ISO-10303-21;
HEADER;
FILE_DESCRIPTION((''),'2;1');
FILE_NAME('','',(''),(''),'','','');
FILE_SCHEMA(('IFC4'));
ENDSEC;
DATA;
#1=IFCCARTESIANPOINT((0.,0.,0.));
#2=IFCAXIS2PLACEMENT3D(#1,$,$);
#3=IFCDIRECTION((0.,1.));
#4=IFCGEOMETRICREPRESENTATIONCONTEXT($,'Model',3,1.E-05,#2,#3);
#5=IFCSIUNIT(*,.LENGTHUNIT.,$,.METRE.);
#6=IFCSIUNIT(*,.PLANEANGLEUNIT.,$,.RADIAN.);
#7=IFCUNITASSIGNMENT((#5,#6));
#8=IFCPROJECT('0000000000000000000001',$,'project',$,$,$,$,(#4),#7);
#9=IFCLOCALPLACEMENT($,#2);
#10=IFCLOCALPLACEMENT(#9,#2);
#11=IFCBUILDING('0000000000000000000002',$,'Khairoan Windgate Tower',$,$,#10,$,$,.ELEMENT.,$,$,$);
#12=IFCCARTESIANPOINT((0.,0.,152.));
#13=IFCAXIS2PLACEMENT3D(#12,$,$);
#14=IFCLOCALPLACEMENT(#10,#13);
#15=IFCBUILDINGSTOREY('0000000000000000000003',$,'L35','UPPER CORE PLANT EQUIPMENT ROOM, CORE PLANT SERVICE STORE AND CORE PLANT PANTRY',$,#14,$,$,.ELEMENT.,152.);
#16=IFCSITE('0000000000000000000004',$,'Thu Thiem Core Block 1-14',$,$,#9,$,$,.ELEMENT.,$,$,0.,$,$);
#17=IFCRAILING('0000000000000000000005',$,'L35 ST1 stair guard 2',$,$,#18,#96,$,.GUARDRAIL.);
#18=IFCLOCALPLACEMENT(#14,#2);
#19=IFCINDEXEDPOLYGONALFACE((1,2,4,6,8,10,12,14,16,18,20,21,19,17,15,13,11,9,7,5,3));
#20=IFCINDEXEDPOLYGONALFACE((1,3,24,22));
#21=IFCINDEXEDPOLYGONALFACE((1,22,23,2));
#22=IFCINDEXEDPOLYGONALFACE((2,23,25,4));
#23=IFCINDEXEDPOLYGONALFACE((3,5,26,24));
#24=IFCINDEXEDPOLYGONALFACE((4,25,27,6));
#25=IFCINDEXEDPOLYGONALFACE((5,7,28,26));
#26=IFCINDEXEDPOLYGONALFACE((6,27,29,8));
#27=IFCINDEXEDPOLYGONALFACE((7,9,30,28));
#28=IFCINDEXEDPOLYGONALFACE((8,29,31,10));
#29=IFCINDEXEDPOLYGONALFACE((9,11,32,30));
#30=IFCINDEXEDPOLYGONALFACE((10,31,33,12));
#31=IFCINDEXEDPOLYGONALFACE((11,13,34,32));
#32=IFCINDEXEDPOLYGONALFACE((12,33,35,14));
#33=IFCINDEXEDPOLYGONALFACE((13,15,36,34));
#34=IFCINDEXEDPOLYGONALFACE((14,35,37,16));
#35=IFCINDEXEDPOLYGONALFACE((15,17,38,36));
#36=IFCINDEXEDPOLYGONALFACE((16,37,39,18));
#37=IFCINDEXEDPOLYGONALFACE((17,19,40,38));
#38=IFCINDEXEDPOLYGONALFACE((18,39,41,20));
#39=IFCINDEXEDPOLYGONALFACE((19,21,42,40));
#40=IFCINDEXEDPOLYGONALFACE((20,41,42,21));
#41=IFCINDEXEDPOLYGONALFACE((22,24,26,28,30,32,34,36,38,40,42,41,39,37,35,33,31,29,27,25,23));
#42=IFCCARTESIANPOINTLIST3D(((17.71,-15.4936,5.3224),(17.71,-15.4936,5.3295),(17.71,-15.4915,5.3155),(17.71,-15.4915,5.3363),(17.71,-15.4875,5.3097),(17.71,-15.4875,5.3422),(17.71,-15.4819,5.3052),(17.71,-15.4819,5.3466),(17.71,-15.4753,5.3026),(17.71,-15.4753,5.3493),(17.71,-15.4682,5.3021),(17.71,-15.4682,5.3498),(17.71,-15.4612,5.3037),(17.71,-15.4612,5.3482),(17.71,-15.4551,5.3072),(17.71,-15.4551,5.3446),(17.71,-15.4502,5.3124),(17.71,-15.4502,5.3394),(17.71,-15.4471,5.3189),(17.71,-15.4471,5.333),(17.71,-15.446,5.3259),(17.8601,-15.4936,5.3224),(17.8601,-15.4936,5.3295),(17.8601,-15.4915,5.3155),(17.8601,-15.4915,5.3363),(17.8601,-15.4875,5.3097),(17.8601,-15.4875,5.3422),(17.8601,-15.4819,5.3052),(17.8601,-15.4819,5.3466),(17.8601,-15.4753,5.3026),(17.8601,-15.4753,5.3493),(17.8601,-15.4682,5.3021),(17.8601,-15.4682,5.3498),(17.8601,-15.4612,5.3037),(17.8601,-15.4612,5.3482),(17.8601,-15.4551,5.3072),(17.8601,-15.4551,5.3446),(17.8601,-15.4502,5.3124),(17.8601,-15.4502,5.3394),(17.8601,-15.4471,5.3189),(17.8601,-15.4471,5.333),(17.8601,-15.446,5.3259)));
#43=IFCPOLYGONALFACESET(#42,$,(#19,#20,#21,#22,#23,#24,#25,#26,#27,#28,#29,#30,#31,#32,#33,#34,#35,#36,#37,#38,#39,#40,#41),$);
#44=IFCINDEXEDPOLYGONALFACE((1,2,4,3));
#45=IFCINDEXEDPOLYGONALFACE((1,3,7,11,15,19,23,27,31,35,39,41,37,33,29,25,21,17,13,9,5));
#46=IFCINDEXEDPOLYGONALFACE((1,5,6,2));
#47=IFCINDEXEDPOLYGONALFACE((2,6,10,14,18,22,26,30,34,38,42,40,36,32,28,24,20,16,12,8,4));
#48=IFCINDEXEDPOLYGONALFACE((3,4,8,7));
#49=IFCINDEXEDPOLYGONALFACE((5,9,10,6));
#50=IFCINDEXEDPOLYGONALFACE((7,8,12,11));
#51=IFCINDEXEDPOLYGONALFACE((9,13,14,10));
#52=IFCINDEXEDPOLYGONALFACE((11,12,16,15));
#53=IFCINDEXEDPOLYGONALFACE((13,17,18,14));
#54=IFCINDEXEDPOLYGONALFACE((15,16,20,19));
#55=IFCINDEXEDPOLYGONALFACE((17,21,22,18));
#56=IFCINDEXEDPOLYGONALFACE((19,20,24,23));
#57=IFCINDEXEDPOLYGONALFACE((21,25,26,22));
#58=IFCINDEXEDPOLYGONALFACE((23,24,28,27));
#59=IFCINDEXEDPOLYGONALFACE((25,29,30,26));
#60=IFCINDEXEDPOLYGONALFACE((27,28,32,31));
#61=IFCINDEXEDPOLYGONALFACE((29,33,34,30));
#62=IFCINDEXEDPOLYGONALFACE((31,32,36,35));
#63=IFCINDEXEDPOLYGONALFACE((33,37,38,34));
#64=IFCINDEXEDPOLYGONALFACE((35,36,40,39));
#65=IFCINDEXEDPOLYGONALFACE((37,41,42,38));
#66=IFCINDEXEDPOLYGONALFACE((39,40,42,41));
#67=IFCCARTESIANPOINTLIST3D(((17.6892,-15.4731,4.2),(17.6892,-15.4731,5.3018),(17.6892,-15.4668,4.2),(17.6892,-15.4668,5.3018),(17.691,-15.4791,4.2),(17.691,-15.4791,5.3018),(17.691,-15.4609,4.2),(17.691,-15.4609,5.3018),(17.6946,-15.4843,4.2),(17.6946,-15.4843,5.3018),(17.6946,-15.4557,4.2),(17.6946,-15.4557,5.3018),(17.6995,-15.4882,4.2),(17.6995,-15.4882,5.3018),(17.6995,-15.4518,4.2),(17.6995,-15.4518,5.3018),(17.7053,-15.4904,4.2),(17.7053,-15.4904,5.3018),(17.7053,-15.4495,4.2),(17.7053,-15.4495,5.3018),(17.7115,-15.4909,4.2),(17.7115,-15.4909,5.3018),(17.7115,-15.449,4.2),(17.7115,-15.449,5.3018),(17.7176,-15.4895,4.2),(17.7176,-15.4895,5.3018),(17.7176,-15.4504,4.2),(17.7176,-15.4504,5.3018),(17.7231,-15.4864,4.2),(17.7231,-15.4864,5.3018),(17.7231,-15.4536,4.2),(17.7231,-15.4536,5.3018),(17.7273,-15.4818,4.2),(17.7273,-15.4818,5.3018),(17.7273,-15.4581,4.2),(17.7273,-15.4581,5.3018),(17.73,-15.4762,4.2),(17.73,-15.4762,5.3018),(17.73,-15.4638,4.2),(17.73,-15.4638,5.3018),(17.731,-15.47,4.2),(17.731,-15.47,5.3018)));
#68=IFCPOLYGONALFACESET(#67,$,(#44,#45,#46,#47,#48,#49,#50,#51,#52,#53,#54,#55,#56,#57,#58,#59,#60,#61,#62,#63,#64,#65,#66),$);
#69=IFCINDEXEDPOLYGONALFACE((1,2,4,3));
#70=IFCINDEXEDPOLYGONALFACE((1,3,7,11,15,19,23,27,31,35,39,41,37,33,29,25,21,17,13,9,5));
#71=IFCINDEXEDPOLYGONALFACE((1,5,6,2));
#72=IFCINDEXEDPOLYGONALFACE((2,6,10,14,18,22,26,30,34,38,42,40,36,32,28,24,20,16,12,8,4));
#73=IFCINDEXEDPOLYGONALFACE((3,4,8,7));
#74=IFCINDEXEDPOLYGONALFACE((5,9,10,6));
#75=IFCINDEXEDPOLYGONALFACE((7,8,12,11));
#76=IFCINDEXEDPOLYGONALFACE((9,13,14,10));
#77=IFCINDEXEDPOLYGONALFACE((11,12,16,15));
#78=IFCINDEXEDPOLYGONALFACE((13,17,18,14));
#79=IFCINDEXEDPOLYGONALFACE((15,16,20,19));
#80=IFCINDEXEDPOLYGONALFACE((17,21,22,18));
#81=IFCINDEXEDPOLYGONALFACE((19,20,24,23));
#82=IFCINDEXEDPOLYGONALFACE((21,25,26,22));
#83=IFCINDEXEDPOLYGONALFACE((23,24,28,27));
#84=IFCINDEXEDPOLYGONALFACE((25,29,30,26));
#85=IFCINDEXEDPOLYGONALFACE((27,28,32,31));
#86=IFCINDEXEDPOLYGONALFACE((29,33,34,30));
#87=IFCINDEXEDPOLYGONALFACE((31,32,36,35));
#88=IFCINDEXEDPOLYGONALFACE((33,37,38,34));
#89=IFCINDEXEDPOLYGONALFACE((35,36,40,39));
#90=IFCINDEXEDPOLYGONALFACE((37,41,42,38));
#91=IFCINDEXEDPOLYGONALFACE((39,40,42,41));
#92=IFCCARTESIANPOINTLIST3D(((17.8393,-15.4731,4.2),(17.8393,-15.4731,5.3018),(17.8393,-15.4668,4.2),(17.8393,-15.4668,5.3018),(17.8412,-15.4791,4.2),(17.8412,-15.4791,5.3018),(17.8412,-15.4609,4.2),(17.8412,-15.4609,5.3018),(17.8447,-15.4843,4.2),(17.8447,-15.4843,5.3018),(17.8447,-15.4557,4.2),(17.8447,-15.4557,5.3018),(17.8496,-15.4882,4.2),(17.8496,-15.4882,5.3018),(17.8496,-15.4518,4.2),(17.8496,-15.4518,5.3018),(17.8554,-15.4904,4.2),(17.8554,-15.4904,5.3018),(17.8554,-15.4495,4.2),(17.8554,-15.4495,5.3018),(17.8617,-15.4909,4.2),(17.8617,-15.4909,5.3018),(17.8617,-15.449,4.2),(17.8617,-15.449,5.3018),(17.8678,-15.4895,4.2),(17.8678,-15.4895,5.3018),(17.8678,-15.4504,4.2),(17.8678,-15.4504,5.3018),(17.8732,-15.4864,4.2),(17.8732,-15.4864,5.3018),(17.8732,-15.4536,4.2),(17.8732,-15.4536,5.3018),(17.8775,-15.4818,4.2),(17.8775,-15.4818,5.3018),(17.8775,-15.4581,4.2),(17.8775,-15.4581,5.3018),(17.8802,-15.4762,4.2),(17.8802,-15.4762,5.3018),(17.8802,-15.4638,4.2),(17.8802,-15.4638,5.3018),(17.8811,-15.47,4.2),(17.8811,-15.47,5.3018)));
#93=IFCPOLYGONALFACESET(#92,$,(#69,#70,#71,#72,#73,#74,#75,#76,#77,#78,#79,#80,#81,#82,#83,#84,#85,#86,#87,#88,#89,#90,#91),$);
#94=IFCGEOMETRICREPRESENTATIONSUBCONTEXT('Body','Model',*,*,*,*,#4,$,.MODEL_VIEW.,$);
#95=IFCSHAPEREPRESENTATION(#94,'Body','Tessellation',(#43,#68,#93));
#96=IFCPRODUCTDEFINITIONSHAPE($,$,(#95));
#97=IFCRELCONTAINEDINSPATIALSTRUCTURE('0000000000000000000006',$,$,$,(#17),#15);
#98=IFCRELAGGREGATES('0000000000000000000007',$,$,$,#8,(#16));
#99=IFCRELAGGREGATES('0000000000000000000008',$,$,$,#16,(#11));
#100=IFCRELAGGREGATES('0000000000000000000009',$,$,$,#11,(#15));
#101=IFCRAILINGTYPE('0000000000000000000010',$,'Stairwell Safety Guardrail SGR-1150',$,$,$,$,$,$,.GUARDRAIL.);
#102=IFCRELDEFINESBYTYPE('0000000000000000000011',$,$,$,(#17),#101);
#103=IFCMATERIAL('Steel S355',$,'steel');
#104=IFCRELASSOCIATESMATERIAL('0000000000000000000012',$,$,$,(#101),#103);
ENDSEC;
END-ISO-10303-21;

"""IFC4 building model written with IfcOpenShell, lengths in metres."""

from ifc_helpers import new_model, si_unit, direction, frame, origin, origin_2d, place, context, subcontext, project, spatial, circle, extrude, material, type_object, element, save


model = new_model("IFC4")

# Units and contexts
model_context = context("Model", 3, precision=1e-05, world=origin(), true_north=direction((0.0, 1.0)))
body_context = subcontext(model_context, "Body", "Model", "MODEL_VIEW")
ifc_project = project(units=[si_unit("LENGTHUNIT", "METRE"), si_unit("PLANEANGLEUNIT", "RADIAN")], contexts=[model_context])

# Site, building, storey
site_placement = place(None, origin())
site = spatial("IfcSite", under=ifc_project, at=site_placement, Name="Thu Thiem Core Block 1-14", CompositionType="ELEMENT", RefElevation=0.0)
building_placement = place(site_placement, origin())
building = spatial("IfcBuilding", under=site, at=building_placement, Name="Khairoan Windgate Tower", CompositionType="ELEMENT")
storey_placement = place(building_placement, frame((0.0, 0.0, 152.0)))
storey = spatial("IfcBuildingStorey", under=building, at=storey_placement, Name="L35", Description="UPPER CORE PLANT EQUIPMENT ROOM, CORE PLANT SERVICE STORE AND CORE PLANT PANTRY", CompositionType="ELEMENT", Elevation=152.0)

# Railing
ifc_material_1 = material(Name="Steel S355", Category="steel")
railing_type_1 = type_object("IfcRailingType", Name="Stairwell Safety Guardrail SGR-1150", PredefinedType="GUARDRAIL", material=ifc_material_1)
railing_1_placement = place(storey_placement, frame((17.71, -15.47, 4.2)))
element("IfcRailing", 1, at=railing_1_placement, inside=storey, type_object=railing_type_1, Name="L35 ST1 stair guard 2", PredefinedType="GUARDRAIL", context=body_context, shape_type="SweptSolid", body=[
    extrude(circle(Radius=0.0239, at=origin_2d()), frame((0.0, 0.0, 1.126), z_axis=(1.0, 0.0, 0.0), x_axis=(0.0, 1.0, 0.0)), (0.0, 0.0, 1.0), 0.1501),
    extrude(circle(Radius=0.021, at=origin_2d()), origin(), (0.0, 0.0, 1.0), 1.1018),
    extrude(circle(Radius=0.021, at=origin_2d()), frame((0.1501, 0.0, 0.0)), (0.0, 0.0, 1.0), 1.1018),
])

save(model, "model.ifc")
